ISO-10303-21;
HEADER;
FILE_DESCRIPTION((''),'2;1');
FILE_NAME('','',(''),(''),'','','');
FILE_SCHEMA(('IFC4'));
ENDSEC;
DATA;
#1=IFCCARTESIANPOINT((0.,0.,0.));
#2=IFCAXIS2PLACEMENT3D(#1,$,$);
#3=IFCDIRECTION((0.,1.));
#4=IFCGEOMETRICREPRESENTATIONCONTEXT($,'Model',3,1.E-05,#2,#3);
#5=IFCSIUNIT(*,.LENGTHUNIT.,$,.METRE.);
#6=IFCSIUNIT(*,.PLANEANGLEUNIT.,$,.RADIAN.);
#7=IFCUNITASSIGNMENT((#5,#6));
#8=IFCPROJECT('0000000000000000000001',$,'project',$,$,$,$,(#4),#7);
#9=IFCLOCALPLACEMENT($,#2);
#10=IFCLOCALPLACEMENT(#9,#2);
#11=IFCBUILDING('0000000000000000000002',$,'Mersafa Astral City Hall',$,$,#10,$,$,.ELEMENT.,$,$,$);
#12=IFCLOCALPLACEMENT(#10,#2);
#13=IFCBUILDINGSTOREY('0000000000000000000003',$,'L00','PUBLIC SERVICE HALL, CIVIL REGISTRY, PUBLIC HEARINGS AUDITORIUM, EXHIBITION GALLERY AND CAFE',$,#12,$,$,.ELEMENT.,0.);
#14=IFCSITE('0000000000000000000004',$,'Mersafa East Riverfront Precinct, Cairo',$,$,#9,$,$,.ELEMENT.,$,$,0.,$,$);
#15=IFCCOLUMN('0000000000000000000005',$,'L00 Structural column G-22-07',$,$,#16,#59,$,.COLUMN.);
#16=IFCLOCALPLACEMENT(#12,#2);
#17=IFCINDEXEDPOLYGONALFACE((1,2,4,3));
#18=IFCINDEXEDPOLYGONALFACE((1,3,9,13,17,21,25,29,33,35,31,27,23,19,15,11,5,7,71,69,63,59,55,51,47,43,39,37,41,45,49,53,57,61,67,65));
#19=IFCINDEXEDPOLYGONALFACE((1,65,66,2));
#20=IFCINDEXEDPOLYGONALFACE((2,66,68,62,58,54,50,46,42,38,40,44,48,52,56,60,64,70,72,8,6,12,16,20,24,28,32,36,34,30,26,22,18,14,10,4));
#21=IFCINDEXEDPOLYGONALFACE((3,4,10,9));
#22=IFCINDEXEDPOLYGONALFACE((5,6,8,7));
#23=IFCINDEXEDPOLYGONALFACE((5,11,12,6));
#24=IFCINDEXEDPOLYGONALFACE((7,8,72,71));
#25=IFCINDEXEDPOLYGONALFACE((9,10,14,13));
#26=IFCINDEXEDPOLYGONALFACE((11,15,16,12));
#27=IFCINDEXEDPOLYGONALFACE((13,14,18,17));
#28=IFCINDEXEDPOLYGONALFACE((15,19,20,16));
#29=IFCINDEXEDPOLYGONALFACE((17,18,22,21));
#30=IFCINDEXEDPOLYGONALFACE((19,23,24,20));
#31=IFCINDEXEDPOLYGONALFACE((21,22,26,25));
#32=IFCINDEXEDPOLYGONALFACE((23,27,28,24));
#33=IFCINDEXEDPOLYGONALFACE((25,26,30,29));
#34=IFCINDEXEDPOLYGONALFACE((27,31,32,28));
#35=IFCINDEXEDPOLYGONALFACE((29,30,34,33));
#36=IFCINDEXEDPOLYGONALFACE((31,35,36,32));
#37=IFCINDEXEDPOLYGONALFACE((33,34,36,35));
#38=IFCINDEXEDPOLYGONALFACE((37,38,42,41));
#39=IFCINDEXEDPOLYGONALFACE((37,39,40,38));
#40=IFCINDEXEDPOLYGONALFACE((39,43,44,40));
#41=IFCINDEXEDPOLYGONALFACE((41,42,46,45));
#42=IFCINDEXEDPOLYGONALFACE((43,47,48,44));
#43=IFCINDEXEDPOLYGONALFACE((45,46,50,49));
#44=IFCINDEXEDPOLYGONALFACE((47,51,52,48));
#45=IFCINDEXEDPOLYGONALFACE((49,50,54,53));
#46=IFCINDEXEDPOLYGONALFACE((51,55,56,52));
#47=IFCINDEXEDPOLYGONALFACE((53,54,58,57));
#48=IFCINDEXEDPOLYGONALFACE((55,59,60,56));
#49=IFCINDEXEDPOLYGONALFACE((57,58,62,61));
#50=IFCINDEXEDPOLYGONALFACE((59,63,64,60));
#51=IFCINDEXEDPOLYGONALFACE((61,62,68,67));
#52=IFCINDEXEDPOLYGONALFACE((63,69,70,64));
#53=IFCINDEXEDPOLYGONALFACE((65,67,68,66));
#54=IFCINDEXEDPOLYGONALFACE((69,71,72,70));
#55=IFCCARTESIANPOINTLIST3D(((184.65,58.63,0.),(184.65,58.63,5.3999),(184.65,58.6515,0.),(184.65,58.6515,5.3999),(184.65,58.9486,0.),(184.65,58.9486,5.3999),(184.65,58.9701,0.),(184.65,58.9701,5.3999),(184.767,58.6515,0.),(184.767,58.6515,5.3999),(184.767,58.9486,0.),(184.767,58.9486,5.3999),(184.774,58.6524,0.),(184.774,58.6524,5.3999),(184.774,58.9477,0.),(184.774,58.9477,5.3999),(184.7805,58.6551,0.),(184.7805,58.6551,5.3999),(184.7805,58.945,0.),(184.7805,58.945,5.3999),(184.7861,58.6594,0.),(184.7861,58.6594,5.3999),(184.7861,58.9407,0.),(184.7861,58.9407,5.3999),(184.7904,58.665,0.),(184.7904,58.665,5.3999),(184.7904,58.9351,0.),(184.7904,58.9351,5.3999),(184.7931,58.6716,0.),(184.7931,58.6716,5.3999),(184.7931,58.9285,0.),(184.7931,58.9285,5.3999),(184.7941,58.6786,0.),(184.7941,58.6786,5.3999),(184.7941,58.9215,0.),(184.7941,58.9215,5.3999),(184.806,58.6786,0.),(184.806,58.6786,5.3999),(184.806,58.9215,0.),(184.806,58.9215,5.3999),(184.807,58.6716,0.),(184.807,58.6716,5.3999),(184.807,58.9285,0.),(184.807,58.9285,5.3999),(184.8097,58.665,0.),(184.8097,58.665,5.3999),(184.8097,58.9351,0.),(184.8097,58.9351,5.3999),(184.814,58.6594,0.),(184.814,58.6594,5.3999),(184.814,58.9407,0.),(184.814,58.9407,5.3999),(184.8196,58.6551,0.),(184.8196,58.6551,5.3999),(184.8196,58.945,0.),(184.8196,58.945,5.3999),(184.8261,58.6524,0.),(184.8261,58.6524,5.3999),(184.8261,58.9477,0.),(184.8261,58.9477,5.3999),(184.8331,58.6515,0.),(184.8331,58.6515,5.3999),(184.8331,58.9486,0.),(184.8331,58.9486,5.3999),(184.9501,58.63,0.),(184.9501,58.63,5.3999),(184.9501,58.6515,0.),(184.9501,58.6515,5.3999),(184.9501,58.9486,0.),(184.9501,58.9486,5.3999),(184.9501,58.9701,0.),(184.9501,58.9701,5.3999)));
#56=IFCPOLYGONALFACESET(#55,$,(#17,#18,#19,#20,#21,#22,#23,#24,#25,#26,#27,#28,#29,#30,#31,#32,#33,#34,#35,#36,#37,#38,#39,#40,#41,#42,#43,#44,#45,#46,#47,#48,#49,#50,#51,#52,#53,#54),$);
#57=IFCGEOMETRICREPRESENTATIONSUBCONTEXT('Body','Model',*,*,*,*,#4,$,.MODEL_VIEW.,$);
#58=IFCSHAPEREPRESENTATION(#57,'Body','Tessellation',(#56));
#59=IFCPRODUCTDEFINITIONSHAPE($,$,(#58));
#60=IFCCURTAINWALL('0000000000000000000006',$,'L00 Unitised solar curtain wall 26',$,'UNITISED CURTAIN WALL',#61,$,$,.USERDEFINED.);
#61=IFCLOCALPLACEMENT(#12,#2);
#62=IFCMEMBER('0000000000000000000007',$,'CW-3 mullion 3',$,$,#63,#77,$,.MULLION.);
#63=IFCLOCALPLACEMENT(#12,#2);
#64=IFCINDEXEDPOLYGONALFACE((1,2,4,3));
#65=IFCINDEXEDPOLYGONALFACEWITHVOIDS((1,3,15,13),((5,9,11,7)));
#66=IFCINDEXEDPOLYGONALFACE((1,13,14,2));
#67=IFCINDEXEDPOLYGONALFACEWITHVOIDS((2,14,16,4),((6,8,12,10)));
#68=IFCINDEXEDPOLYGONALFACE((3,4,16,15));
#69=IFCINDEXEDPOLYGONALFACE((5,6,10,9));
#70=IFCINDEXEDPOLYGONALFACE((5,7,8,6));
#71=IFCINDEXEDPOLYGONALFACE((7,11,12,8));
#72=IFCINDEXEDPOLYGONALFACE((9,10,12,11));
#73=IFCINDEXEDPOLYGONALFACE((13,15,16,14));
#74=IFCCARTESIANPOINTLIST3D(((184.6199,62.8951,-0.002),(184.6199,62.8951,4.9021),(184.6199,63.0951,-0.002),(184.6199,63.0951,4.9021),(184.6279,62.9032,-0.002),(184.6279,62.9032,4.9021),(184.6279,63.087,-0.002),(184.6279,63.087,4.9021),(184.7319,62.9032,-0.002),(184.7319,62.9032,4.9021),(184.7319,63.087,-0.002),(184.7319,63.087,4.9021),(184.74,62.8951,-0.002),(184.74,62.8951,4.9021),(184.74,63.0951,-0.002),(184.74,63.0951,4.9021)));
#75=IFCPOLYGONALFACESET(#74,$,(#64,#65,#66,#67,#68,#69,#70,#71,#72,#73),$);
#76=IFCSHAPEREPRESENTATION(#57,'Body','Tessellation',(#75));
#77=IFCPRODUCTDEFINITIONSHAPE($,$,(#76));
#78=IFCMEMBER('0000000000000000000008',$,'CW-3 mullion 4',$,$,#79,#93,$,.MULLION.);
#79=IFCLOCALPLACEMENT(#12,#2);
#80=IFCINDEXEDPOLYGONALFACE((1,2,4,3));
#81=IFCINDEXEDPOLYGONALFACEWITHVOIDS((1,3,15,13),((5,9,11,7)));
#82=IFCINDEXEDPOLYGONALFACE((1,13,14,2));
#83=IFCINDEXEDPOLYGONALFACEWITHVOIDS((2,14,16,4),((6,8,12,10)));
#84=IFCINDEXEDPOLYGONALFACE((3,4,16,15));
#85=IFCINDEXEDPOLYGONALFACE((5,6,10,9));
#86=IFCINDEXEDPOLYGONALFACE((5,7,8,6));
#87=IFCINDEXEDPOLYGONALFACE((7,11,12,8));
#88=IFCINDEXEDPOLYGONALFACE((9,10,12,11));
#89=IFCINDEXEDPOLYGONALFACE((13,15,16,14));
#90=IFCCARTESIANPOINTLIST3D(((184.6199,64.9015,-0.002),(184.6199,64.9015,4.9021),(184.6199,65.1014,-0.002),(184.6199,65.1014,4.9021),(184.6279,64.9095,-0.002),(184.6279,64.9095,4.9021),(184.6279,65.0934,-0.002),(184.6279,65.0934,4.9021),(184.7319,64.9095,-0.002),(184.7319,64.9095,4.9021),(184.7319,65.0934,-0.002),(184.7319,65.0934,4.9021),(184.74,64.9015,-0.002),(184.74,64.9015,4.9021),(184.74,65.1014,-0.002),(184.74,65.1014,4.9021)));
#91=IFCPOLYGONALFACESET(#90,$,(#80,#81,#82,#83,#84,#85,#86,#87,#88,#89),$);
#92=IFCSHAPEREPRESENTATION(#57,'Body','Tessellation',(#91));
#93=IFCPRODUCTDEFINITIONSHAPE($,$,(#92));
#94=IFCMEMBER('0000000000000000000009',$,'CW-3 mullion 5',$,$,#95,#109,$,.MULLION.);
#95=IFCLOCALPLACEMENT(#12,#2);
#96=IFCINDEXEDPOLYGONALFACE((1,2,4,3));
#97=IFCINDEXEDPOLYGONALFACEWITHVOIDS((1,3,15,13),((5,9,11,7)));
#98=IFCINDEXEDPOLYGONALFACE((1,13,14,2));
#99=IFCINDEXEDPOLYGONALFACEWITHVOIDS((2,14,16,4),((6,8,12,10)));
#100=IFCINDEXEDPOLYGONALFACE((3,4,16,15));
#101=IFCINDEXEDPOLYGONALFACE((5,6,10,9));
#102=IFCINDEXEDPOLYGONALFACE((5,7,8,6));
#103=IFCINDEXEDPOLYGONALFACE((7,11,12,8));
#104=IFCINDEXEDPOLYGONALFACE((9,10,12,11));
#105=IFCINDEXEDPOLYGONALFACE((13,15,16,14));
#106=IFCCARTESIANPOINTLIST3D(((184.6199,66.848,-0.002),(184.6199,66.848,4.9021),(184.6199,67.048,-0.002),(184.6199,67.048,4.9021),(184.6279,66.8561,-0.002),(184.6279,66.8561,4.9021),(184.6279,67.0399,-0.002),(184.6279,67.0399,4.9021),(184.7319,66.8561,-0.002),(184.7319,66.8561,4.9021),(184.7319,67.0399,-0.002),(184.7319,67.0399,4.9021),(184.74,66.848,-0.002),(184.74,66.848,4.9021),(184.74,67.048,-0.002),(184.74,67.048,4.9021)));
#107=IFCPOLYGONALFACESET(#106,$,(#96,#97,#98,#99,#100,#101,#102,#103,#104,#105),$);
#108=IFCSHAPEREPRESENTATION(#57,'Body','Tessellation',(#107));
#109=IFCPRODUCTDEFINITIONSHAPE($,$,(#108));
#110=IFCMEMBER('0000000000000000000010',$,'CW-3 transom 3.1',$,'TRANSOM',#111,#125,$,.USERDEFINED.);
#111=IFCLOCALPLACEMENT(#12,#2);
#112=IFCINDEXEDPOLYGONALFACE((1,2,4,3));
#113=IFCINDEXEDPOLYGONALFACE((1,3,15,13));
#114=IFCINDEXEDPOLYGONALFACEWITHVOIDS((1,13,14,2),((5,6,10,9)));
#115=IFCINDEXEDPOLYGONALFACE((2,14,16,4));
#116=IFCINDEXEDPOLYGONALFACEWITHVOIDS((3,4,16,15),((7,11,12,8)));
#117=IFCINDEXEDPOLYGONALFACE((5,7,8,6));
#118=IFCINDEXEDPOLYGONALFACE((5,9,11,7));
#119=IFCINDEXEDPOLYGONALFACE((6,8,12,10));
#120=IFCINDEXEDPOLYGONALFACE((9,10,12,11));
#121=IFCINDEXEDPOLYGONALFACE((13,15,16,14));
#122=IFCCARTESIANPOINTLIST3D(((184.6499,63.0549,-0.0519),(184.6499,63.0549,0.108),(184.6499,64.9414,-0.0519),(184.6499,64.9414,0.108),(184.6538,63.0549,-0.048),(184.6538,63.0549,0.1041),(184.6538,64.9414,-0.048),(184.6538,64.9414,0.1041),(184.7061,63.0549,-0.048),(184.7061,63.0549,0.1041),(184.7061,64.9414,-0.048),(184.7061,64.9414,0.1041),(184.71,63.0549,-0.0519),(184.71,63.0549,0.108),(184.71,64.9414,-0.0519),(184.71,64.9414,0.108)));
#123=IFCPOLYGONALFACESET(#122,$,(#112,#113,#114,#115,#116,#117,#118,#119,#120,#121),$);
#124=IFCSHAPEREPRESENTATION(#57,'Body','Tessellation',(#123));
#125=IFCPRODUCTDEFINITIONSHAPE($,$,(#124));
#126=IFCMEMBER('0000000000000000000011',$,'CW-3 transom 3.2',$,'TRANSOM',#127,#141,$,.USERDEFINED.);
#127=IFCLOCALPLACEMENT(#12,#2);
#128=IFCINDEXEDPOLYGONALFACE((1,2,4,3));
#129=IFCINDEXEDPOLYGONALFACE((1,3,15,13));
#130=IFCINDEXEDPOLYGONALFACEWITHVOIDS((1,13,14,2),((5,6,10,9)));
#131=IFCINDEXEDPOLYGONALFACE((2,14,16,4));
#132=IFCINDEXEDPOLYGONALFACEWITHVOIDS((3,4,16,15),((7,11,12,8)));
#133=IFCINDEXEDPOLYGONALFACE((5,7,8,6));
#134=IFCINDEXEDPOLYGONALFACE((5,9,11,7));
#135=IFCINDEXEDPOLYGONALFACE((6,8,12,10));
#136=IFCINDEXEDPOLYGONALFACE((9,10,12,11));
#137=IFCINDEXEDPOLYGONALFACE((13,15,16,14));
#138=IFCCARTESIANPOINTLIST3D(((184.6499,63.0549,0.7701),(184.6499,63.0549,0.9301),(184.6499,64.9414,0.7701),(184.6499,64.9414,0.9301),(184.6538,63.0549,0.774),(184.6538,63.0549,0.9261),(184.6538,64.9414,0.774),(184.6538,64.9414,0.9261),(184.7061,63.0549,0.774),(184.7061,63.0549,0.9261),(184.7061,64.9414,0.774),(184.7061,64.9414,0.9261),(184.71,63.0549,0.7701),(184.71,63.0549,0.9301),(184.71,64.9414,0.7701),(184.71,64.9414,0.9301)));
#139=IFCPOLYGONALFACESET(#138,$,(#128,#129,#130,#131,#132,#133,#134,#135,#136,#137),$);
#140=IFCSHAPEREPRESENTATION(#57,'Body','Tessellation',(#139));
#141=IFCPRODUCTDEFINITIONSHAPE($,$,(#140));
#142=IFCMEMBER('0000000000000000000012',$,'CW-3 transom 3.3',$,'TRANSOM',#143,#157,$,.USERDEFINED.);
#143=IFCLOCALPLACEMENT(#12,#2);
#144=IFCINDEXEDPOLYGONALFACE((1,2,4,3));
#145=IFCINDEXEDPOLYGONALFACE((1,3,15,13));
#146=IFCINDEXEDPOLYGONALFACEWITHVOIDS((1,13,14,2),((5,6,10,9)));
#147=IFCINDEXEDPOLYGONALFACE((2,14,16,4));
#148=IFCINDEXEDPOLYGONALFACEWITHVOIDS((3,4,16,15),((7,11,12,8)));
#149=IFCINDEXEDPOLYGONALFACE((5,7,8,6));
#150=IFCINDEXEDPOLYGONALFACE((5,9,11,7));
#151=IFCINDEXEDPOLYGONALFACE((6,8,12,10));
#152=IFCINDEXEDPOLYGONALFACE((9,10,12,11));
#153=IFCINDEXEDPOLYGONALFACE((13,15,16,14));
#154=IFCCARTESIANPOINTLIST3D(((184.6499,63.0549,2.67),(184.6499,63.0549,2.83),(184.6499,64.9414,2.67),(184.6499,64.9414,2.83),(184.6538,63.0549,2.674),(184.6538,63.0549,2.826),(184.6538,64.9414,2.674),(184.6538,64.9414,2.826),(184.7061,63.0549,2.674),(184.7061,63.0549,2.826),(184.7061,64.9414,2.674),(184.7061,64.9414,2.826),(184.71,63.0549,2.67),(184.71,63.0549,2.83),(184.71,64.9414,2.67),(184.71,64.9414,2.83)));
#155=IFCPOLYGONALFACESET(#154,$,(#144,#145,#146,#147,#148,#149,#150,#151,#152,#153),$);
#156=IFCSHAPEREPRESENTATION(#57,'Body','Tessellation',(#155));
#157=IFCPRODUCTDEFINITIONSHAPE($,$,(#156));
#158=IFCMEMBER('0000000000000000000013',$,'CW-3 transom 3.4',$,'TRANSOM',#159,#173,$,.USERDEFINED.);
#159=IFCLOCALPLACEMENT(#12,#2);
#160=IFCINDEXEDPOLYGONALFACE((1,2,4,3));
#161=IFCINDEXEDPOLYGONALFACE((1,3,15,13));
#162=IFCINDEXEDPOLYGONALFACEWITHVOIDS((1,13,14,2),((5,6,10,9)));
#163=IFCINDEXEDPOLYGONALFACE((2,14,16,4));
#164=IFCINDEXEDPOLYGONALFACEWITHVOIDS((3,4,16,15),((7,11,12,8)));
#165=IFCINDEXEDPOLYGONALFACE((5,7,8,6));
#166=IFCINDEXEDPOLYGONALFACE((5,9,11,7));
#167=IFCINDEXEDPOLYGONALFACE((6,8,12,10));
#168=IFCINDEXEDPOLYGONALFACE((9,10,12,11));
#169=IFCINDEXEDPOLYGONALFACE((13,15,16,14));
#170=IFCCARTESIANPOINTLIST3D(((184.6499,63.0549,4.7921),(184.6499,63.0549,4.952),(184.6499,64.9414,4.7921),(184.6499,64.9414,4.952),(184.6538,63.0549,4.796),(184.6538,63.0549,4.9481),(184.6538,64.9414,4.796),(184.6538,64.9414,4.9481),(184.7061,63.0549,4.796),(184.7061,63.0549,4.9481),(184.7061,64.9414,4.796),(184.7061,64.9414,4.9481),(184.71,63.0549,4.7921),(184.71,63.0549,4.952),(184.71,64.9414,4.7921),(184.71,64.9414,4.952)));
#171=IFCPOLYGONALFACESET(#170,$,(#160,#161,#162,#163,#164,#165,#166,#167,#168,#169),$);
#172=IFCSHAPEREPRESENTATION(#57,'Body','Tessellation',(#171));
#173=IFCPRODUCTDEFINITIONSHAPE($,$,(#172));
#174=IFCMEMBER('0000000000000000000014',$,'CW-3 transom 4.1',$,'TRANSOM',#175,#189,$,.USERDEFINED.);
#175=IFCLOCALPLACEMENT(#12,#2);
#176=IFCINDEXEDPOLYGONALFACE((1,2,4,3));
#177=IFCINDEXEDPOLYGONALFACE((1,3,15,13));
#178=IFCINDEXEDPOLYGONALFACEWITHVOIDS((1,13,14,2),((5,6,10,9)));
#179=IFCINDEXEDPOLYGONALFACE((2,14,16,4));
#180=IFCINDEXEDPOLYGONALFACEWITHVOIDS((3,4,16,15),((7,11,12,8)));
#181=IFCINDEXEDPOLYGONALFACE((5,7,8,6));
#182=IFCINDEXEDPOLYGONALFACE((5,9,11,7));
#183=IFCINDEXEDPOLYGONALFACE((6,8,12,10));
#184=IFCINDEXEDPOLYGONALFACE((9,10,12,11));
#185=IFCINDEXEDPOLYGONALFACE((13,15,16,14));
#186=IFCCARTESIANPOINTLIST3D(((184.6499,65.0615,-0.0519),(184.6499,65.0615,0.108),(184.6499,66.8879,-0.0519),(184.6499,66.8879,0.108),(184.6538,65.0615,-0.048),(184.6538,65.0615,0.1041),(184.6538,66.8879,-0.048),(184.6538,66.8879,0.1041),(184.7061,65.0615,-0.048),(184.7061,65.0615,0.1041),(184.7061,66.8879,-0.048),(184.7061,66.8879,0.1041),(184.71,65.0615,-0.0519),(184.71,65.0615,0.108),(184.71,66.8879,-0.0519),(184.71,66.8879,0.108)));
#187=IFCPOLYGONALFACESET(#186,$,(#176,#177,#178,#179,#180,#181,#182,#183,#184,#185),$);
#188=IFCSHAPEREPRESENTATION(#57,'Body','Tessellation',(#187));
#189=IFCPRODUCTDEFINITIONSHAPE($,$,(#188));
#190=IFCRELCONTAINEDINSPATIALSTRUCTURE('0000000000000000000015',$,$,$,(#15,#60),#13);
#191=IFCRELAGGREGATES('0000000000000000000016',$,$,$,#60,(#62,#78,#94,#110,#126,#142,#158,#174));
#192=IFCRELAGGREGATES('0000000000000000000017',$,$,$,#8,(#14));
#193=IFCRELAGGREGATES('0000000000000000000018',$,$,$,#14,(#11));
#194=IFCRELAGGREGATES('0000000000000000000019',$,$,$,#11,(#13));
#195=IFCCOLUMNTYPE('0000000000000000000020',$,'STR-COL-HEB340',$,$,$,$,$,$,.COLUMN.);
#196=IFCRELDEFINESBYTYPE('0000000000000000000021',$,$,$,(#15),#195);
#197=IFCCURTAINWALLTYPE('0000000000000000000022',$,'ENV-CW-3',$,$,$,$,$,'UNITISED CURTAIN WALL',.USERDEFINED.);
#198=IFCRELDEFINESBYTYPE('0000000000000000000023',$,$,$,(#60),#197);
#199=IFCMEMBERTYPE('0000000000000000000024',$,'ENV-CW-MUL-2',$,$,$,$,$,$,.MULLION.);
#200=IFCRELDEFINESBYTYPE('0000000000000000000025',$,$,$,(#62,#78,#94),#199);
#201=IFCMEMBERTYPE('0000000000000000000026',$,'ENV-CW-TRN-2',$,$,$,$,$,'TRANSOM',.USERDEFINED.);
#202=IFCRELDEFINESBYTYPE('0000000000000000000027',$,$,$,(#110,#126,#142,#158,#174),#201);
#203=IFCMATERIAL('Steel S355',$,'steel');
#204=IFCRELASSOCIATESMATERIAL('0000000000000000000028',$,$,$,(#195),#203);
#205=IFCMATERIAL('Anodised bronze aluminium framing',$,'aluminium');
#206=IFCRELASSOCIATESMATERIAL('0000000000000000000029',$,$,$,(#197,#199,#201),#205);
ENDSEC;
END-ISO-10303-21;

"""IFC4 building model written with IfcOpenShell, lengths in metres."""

from ifc_helpers import new_model, si_unit, direction, frame, origin, origin_2d, place, context, subcontext, project, spatial, hollow_rectangle, i_section, extrude, material, material_profile, profile_set, type_object, element, aggregate, save


model = new_model("IFC4")

# Units and contexts
model_context = context("Model", 3, precision=1e-05, world=origin(), true_north=direction((0.0, 1.0)))
body_context = subcontext(model_context, "Body", "Model", "MODEL_VIEW")
ifc_project = project(units=[si_unit("LENGTHUNIT", "METRE"), si_unit("PLANEANGLEUNIT", "RADIAN")], contexts=[model_context])

# Site, building, storey
site_placement = place(None, origin())
site = spatial("IfcSite", under=ifc_project, at=site_placement, Name="Mersafa East Riverfront Precinct, Cairo", CompositionType="ELEMENT", RefElevation=0.0)
building_placement = place(site_placement, origin())
building = spatial("IfcBuilding", under=site, at=building_placement, Name="Mersafa Astral City Hall", CompositionType="ELEMENT")
storey_placement = place(building_placement, origin())
storey = spatial("IfcBuildingStorey", under=building, at=storey_placement, Name="L00", Description="PUBLIC SERVICE HALL, CIVIL REGISTRY, PUBLIC HEARINGS AUDITORIUM, EXHIBITION GALLERY AND CAFE", CompositionType="ELEMENT", Elevation=0.0)

# Column
ifc_material_1 = material(Name="Steel S355", Category="steel")
ifc_material_profile_1 = material_profile(ifc_material_1, i_section(OverallWidth=0.3, OverallDepth=0.3401, WebThickness=0.012, FlangeThickness=0.0215, FilletRadius=0.0271, at=origin_2d()), Name="HEB 340")
ifc_profile_set_1 = profile_set([ifc_material_profile_1], Name="Steel S355")
column_type = type_object("IfcColumnType", Name="STR-COL-HEB340", PredefinedType="COLUMN", material=ifc_profile_set_1)
column_placement = place(storey_placement, frame((184.8, 58.8, 0.0), z_axis=(0.0, 0.0, 1.0), x_axis=(1.0, 0.0, 0.0)))
element("IfcColumn", 1, at=column_placement, inside=storey, type_object=column_type, Name="L00 Structural column G-22-07", PredefinedType="COLUMN", context=body_context, shape_type="SweptSolid", body=[
    extrude(i_section(OverallWidth=0.3, OverallDepth=0.3401, WebThickness=0.012, FlangeThickness=0.0215, FilletRadius=0.0271, at=origin_2d()), origin(), (0.0, 0.0, 1.0), 5.3999),
])

# Curtain wall, members
ifc_material_2 = material(Name="Anodised bronze aluminium framing", Category="aluminium")
curtain_wall_type = type_object("IfcCurtainWallType", Name="ENV-CW-3", ElementType="UNITISED CURTAIN WALL", PredefinedType="USERDEFINED", material=ifc_material_2)
curtain_wall_placement = place(storey_placement, origin())
curtain_wall = element("IfcCurtainWall", 2, at=curtain_wall_placement, inside=storey, type_object=curtain_wall_type, Name="L00 Unitised solar curtain wall 26", ObjectType="UNITISED CURTAIN WALL", PredefinedType="USERDEFINED")
ifc_material_profile_2 = material_profile(ifc_material_2, hollow_rectangle(XDim=0.1201, YDim=0.2, WallThickness=0.0081, at=origin_2d()), Name="RHS 120x200x8")
ifc_profile_set_2 = profile_set([ifc_material_profile_2], Name="Anodised bronze aluminium framing")
member_type_1 = type_object("IfcMemberType", Name="ENV-CW-MUL-2", PredefinedType="MULLION", material=ifc_profile_set_2)
member_1_placement = place(storey_placement, frame((184.6799, 62.9951, -0.002), z_axis=(0.0, 0.0, 1.0), x_axis=(-1.0, 0.0, 0.0)))
member_1 = element("IfcMember", 3, at=member_1_placement, type_object=member_type_1, Name="CW-3 mullion 3", PredefinedType="MULLION", context=body_context, shape_type="SweptSolid", body=[
    extrude(hollow_rectangle(XDim=0.1201, YDim=0.2, WallThickness=0.0081, at=origin_2d()), origin(), (0.0, 0.0, 1.0), 4.9041),
])
member_2_placement = place(storey_placement, frame((184.6799, 65.0015, -0.002), z_axis=(0.0, 0.0, 1.0), x_axis=(-1.0, 0.0, 0.0)))
member_2 = element("IfcMember", 4, at=member_2_placement, type_object=member_type_1, Name="CW-3 mullion 4", PredefinedType="MULLION", context=body_context, shape_type="SweptSolid", body=[
    extrude(hollow_rectangle(XDim=0.1201, YDim=0.2, WallThickness=0.0081, at=origin_2d()), origin(), (0.0, 0.0, 1.0), 4.9041),
])
member_3_placement = place(storey_placement, frame((184.6799, 66.948, -0.002), z_axis=(0.0, 0.0, 1.0), x_axis=(-1.0, 0.0, 0.0)))
member_3 = element("IfcMember", 5, at=member_3_placement, type_object=member_type_1, Name="CW-3 mullion 5", PredefinedType="MULLION", context=body_context, shape_type="SweptSolid", body=[
    extrude(hollow_rectangle(XDim=0.1201, YDim=0.2, WallThickness=0.0081, at=origin_2d()), origin(), (0.0, 0.0, 1.0), 4.9041),
])
ifc_material_profile_3 = material_profile(ifc_material_2, hollow_rectangle(XDim=0.0601, YDim=0.1599, WallThickness=0.0039, at=origin_2d()), Name="RHS 60x160x4")
ifc_profile_set_3 = profile_set([ifc_material_profile_3], Name="Anodised bronze aluminium framing")
member_type_2 = type_object("IfcMemberType", Name="ENV-CW-TRN-2", ElementType="TRANSOM", PredefinedType="USERDEFINED", material=ifc_profile_set_3)
member_4_placement = place(storey_placement, frame((184.6799, 63.0549, 0.0281), z_axis=(0.0, 1.0, 0.0), x_axis=(-1.0, 0.0, 0.0)))
member_4 = element("IfcMember", 6, at=member_4_placement, type_object=member_type_2, Name="CW-3 transom 3.1", ObjectType="TRANSOM", PredefinedType="USERDEFINED", context=body_context, shape_type="SweptSolid", body=[
    extrude(hollow_rectangle(XDim=0.0601, YDim=0.1599, WallThickness=0.0039, at=origin_2d()), origin(), (0.0, 0.0, 1.0), 1.8865),
])
member_5_placement = place(storey_placement, frame((184.6799, 63.0549, 0.8501), z_axis=(0.0, 1.0, 0.0), x_axis=(-1.0, 0.0, 0.0)))
member_5 = element("IfcMember", 7, at=member_5_placement, type_object=member_type_2, Name="CW-3 transom 3.2", ObjectType="TRANSOM", PredefinedType="USERDEFINED", context=body_context, shape_type="SweptSolid", body=[
    extrude(hollow_rectangle(XDim=0.0601, YDim=0.1599, WallThickness=0.0039, at=origin_2d()), origin(), (0.0, 0.0, 1.0), 1.8865),
])
member_6_placement = place(storey_placement, frame((184.6799, 63.0549, 2.75), z_axis=(0.0, 1.0, 0.0), x_axis=(-1.0, 0.0, 0.0)))
member_6 = element("IfcMember", 8, at=member_6_placement, type_object=member_type_2, Name="CW-3 transom 3.3", ObjectType="TRANSOM", PredefinedType="USERDEFINED", context=body_context, shape_type="SweptSolid", body=[
    extrude(hollow_rectangle(XDim=0.0601, YDim=0.1599, WallThickness=0.0039, at=origin_2d()), origin(), (0.0, 0.0, 1.0), 1.8865),
])
member_7_placement = place(storey_placement, frame((184.6799, 63.0549, 4.8721), z_axis=(0.0, 1.0, 0.0), x_axis=(-1.0, 0.0, 0.0)))
member_7 = element("IfcMember", 9, at=member_7_placement, type_object=member_type_2, Name="CW-3 transom 3.4", ObjectType="TRANSOM", PredefinedType="USERDEFINED", context=body_context, shape_type="SweptSolid", body=[
    extrude(hollow_rectangle(XDim=0.0601, YDim=0.1599, WallThickness=0.0039, at=origin_2d()), origin(), (0.0, 0.0, 1.0), 1.8865),
])
member_8_placement = place(storey_placement, frame((184.6799, 65.0615, 0.0281), z_axis=(0.0, 1.0, 0.0), x_axis=(-1.0, 0.0, 0.0)))
member_8 = element("IfcMember", 10, at=member_8_placement, type_object=member_type_2, Name="CW-3 transom 4.1", ObjectType="TRANSOM", PredefinedType="USERDEFINED", context=body_context, shape_type="SweptSolid", body=[
    extrude(hollow_rectangle(XDim=0.0601, YDim=0.1599, WallThickness=0.0039, at=origin_2d()), origin(), (0.0, 0.0, 1.0), 1.8264),
])

aggregate(curtain_wall, [member_1, member_2, member_3, member_4, member_5, member_6, member_7, member_8])

save(model, "model.ifc")
